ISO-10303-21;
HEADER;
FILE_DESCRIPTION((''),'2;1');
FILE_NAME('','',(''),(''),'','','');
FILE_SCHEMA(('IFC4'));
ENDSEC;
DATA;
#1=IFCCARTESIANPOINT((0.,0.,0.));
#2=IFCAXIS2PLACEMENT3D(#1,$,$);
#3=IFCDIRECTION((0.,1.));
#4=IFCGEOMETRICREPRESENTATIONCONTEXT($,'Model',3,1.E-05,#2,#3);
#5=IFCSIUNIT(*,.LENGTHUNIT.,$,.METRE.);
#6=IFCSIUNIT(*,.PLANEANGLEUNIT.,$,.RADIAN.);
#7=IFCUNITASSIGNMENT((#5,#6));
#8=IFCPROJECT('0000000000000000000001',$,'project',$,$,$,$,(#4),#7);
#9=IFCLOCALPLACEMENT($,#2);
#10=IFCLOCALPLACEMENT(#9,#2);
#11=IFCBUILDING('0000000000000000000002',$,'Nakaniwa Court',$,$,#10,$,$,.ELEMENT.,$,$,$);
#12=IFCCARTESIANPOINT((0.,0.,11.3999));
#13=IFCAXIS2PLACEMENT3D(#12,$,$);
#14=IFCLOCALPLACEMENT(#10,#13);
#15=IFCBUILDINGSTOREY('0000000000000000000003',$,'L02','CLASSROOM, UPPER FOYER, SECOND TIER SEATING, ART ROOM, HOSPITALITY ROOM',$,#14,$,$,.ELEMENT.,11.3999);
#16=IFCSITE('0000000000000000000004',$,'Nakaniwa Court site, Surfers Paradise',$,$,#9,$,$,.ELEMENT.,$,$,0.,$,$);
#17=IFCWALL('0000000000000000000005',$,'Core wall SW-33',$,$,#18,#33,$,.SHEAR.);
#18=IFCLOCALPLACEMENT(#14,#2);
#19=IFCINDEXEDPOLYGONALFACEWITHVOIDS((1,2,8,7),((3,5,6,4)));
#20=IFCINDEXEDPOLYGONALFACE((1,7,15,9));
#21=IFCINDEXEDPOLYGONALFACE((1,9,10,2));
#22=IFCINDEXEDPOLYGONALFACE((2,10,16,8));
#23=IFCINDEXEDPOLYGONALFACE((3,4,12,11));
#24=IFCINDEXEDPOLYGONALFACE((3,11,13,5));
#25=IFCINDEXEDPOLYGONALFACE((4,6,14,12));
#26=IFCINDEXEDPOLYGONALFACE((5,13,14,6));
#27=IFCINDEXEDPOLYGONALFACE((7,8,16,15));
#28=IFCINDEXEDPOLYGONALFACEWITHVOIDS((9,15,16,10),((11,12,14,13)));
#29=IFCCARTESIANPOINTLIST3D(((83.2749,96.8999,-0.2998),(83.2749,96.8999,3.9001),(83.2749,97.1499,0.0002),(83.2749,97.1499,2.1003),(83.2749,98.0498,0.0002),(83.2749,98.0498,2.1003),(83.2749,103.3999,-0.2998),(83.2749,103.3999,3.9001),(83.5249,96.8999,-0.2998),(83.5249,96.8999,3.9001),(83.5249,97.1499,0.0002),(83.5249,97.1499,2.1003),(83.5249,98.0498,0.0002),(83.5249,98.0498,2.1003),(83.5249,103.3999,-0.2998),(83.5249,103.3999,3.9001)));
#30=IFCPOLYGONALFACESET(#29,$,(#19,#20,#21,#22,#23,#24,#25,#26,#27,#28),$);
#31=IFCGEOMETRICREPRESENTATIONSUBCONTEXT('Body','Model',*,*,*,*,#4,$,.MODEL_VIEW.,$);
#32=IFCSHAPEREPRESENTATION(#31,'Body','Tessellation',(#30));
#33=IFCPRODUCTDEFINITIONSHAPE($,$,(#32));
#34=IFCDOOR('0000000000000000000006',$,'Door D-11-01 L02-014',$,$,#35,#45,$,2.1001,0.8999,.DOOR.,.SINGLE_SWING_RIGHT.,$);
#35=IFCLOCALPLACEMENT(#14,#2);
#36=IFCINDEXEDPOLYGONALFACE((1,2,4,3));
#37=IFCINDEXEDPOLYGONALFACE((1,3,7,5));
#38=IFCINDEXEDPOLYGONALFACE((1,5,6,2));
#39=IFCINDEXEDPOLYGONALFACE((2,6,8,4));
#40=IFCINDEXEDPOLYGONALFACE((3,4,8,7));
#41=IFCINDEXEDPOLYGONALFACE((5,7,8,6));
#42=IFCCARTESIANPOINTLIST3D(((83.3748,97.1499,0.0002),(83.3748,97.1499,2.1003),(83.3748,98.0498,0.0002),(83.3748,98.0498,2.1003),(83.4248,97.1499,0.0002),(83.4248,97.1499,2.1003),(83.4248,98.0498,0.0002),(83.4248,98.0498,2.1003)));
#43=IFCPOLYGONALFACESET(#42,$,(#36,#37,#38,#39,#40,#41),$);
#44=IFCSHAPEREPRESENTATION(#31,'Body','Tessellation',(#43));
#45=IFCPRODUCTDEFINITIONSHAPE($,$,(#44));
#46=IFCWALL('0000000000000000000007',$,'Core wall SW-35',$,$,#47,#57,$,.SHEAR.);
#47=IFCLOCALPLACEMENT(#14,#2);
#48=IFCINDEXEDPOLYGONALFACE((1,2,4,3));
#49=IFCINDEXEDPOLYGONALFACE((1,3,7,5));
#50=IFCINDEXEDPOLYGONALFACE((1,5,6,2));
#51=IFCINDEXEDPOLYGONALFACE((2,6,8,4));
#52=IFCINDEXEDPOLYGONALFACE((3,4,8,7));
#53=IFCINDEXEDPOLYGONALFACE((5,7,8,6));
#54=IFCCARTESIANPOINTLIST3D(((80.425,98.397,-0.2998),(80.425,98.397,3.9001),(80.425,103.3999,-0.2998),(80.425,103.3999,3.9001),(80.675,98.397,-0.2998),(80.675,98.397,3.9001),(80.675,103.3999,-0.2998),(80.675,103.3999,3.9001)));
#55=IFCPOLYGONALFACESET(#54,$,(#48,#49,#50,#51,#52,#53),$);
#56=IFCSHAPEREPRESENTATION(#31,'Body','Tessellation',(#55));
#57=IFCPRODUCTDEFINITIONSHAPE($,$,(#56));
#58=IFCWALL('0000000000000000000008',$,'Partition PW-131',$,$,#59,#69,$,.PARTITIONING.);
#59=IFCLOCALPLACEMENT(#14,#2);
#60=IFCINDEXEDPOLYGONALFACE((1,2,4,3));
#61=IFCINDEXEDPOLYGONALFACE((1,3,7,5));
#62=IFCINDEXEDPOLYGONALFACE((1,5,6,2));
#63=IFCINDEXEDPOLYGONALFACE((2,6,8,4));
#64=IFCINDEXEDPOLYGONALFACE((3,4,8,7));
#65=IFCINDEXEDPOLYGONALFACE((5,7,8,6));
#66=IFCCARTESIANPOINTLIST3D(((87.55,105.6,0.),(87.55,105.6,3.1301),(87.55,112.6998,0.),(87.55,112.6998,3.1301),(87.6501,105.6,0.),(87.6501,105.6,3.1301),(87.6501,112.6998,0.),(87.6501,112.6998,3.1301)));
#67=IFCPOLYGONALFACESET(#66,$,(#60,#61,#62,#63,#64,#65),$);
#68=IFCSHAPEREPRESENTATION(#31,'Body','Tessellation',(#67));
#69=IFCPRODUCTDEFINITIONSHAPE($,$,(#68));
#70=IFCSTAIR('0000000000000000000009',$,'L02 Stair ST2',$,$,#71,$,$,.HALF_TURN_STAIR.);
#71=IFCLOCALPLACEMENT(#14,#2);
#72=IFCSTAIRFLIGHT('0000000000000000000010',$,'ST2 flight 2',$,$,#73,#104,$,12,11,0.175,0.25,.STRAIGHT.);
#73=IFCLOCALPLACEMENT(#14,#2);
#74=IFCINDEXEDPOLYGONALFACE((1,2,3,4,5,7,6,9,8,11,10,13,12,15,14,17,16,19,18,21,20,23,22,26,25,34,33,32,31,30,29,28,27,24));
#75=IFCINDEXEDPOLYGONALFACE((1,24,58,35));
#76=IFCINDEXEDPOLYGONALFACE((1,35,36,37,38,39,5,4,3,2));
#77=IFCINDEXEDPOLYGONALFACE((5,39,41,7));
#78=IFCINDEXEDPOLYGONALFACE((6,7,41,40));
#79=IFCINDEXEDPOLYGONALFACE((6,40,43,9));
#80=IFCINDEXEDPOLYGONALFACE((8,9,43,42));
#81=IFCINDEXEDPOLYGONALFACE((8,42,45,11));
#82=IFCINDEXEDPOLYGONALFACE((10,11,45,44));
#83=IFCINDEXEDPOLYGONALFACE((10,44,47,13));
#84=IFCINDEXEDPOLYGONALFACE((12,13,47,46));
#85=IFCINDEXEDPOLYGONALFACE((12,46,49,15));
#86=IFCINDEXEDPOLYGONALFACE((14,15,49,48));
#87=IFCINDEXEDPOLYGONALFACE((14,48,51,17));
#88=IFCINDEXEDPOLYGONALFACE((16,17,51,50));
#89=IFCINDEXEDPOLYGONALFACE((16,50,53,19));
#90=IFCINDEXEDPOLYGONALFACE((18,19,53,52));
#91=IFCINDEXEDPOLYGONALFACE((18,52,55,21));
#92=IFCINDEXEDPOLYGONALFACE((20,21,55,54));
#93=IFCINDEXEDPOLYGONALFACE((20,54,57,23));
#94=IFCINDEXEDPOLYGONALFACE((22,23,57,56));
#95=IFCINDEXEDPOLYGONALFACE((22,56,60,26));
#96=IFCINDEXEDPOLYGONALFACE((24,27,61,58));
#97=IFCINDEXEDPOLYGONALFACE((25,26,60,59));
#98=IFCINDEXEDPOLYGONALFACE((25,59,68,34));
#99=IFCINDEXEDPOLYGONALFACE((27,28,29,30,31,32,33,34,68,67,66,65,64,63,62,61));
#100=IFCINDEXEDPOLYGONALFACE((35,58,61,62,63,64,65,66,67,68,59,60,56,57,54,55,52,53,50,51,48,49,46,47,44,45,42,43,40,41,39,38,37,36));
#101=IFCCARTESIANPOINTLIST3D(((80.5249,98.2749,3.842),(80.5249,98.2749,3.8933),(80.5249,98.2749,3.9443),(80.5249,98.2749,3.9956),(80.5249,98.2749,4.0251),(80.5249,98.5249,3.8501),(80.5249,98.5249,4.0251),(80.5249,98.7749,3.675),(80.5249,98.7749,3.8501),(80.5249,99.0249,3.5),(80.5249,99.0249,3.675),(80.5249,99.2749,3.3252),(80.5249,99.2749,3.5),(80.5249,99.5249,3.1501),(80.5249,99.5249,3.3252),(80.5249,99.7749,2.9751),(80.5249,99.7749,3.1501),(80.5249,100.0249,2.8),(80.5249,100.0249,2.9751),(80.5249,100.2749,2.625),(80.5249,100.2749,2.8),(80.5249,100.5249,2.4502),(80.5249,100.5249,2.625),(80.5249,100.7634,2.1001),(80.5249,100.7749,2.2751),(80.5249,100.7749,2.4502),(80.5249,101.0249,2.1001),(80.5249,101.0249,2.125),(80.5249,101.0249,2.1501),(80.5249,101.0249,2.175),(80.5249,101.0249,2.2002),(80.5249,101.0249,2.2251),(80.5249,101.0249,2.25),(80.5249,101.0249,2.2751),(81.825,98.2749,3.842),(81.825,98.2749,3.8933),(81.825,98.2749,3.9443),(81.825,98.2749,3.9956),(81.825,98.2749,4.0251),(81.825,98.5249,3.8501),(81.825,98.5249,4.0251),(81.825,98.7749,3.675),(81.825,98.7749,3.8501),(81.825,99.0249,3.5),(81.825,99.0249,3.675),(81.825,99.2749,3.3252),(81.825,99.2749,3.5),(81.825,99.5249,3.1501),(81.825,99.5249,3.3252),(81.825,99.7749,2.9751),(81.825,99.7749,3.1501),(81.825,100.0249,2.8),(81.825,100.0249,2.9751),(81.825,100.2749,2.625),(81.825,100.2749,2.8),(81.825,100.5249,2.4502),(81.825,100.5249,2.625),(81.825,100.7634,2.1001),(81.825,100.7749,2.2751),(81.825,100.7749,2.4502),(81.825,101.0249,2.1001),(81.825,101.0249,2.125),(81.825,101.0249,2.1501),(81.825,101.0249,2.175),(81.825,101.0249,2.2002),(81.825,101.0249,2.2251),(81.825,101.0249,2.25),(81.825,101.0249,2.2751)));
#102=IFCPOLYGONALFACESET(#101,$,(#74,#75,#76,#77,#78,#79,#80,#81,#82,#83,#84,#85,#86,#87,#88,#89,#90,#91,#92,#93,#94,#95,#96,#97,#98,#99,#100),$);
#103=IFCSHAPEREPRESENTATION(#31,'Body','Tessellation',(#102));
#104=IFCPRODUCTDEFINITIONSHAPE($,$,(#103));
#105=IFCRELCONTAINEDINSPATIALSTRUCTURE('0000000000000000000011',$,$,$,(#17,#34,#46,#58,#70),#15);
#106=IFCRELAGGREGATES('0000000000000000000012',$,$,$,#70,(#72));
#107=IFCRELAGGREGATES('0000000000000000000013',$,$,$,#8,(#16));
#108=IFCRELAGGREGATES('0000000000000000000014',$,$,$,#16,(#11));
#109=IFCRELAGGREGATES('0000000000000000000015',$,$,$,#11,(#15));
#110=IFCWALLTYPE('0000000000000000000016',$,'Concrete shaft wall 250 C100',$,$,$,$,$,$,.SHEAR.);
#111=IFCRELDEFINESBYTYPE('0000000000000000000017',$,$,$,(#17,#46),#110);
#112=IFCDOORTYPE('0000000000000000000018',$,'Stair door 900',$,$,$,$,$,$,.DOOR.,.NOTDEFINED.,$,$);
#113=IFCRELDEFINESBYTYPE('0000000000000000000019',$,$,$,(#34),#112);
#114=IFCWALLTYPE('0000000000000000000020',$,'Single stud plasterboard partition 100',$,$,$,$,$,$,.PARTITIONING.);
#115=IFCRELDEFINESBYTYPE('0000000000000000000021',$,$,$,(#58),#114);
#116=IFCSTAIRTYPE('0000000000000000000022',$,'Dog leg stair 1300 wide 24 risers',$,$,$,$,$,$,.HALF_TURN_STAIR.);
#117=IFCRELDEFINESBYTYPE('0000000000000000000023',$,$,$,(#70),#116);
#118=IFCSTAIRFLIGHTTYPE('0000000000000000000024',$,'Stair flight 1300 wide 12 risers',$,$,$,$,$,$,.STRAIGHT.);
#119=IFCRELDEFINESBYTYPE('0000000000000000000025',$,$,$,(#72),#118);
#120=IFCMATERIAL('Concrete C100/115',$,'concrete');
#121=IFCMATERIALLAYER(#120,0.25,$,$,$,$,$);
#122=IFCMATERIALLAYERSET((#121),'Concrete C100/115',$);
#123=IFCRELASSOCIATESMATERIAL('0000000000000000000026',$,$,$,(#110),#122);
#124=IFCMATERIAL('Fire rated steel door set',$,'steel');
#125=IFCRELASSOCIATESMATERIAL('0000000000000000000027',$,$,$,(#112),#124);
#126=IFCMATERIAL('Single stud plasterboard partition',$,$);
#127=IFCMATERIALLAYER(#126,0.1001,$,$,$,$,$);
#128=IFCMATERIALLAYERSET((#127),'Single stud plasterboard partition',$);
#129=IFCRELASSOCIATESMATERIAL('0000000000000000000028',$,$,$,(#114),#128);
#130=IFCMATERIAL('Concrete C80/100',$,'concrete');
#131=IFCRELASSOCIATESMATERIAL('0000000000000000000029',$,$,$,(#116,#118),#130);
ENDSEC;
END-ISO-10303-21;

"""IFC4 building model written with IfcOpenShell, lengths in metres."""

from ifc_helpers import new_model, si_unit, direction, frame, frame_2d, origin, place, context, subcontext, project, spatial, polyline, rectangle, outline, extrude, material, layer, layer_set, type_object, element, fill, aggregate, save


model = new_model("IFC4")

# Units and contexts
model_context = context("Model", 3, precision=1e-05, world=origin(), true_north=direction((0.0, 1.0)))
body_context = subcontext(model_context, "Body", "Model", "MODEL_VIEW")
ifc_project = project(units=[si_unit("LENGTHUNIT", "METRE"), si_unit("PLANEANGLEUNIT", "RADIAN")], contexts=[model_context])

# Site, building, storey
site_placement = place(None, origin())
site = spatial("IfcSite", under=ifc_project, at=site_placement, Name="Nakaniwa Court site, Surfers Paradise", CompositionType="ELEMENT", RefElevation=0.0)
building_placement = place(site_placement, origin())
building = spatial("IfcBuilding", under=site, at=building_placement, Name="Nakaniwa Court", CompositionType="ELEMENT")
storey_placement = place(building_placement, frame((0.0, 0.0, 11.3999)))
storey = spatial("IfcBuildingStorey", under=building, at=storey_placement, Name="L02", Description="CLASSROOM, UPPER FOYER, SECOND TIER SEATING, ART ROOM, HOSPITALITY ROOM", CompositionType="ELEMENT", Elevation=11.3999)

# Shared definitions
ifc_material_1 = material(Name="Concrete C100/115", Category="concrete")

# Shared definitions
ifc_material_2 = material(Name="Fire rated steel door set", Category="steel")

# Wall, opening, door
ifc_layer_1 = layer(ifc_material_1, 0.25)
ifc_layer_set_1 = layer_set([ifc_layer_1], Name="Concrete C100/115")
wall_type_1 = type_object("IfcWallType", Name="Concrete shaft wall 250 C100", PredefinedType="SHEAR", material=ifc_layer_set_1)
wall_1_placement = place(storey_placement, frame((83.3999, 103.3999, -0.2998), z_axis=(0.0, 0.0, 1.0), x_axis=(0.0, -1.0, 0.0)))
wall_1 = element("IfcWall", 1, at=wall_1_placement, inside=storey, type_object=wall_type_1, Name="Core wall SW-33", PredefinedType="SHEAR", context=body_context, shape_type="SweptSolid", body=[
    extrude(rectangle(XDim=6.5, YDim=0.25, at=frame_2d((3.25, 0.0))), origin(), (0.0, 0.0, 1.0), 4.2),
])
opening_1_placement = place(wall_1_placement, frame((5.3501, 0.0, 0.3)))
opening_1 = element("IfcOpeningElement", 2, at=opening_1_placement, cuts=wall_1, PredefinedType="OPENING", context=body_context, shape_type="SweptSolid", body=[
    extrude(rectangle(XDim=0.8999, YDim=2.1001, at=frame_2d((0.45, 1.05))), frame((0.0, 0.135, 0.0), z_axis=(0.0, -1.0, 0.0), x_axis=(1.0, 0.0, 0.0)), (0.0, 0.0, 1.0), 0.27),
])
door_type_1 = type_object("IfcDoorType", Name="Stair door 900", OperationType="NOTDEFINED", PredefinedType="DOOR", material=ifc_material_2)
door_1_placement = place(opening_1_placement, origin())
door_1 = element("IfcDoor", 3, at=door_1_placement, inside=storey, type_object=door_type_1, Name="Door D-11-01 L02-014", OperationType="SINGLE_SWING_RIGHT", OverallHeight=2.1001, OverallWidth=0.8999, PredefinedType="DOOR", context=body_context, shape_type="SweptSolid", body=[
    extrude(rectangle(XDim=0.8999, YDim=2.1001, at=frame_2d((0.45, 1.05))), frame((0.0, 0.0249, 0.0), z_axis=(0.0, -1.0, 0.0), x_axis=(1.0, 0.0, 0.0)), (0.0, 0.0, 1.0), 0.05),
])
fill(opening_1, door_1)

# Walls
wall_2_placement = place(storey_placement, frame((80.55, 98.397, -0.2998), z_axis=(0.0, 0.0, 1.0), x_axis=(0.0, 1.0, 0.0)))
element("IfcWall", 4, at=wall_2_placement, inside=storey, type_object=wall_type_1, Name="Core wall SW-35", PredefinedType="SHEAR", context=body_context, shape_type="SweptSolid", body=[
    extrude(rectangle(XDim=5.0029, YDim=0.25, at=frame_2d((2.5015, 0.0))), origin(), (0.0, 0.0, 1.0), 4.2),
])
ifc_material_3 = material(Name="Single stud plasterboard partition")
ifc_layer_2 = layer(ifc_material_3, 0.1001)
ifc_layer_set_2 = layer_set([ifc_layer_2], Name="Single stud plasterboard partition")
wall_type_2 = type_object("IfcWallType", Name="Single stud plasterboard partition 100", PredefinedType="PARTITIONING", material=ifc_layer_set_2)
wall_3_placement = place(storey_placement, frame((87.6001, 105.6001, 0.0), z_axis=(0.0, 0.0, 1.0), x_axis=(0.0, 1.0, 0.0)))
element("IfcWall", 5, at=wall_3_placement, inside=storey, type_object=wall_type_2, Name="Partition PW-131", PredefinedType="PARTITIONING", context=body_context, shape_type="SweptSolid", body=[
    extrude(rectangle(XDim=7.0999, YDim=0.1001, at=frame_2d((3.5498, 0.0))), origin(), (0.0, 0.0, 1.0), 3.1301),
])

# Stair, stair flight
ifc_material_4 = material(Name="Concrete C80/100", Category="concrete")
stair_type = type_object("IfcStairType", Name="Dog leg stair 1300 wide 24 risers", PredefinedType="HALF_TURN_STAIR", material=ifc_material_4)
stair_placement = place(storey_placement, origin())
stair = element("IfcStair", 6, at=stair_placement, inside=storey, type_object=stair_type, Name="L02 Stair ST2", PredefinedType="HALF_TURN_STAIR")
stair_flight_type = type_object("IfcStairFlightType", Name="Stair flight 1300 wide 12 risers", PredefinedType="STRAIGHT", material=ifc_material_4)
stair_flight_placement = place(storey_placement, frame((81.175, 101.0249, 2.1001), z_axis=(0.0, 0.0, 1.0), x_axis=(0.0, -1.0, 0.0)))
stair_flight = element("IfcStairFlight", 7, at=stair_flight_placement, type_object=stair_flight_type, Name="ST2 flight 2", NumberOfRisers=12, NumberOfTreads=11, PredefinedType="STRAIGHT", RiserHeight=0.175, TreadLength=0.25, context=body_context, shape_type="SweptSolid", body=[
    extrude(outline(polyline([(0.0, 0.0), (0.0, 0.0249), (0.0, 0.05), (0.0, 0.075), (0.0, 0.1001), (0.0, 0.125), (0.0, 0.1499), (0.0, 0.175), (0.25, 0.175), (0.25, 0.3501), (0.5, 0.3501), (0.5, 0.5249), (0.75, 0.5249), (0.75, 0.7), (1.0, 0.7), (1.0, 0.875), (1.25, 0.875), (1.25, 1.05), (1.5, 1.05), (1.5, 1.2251), (1.75, 1.2251), (1.75, 1.3999), (2.0, 1.3999), (2.0, 1.575), (2.25, 1.575), (2.25, 1.75), (2.5, 1.75), (2.5, 1.925), (2.75, 1.925), (2.75, 2.1001), (2.75, 2.0488), (2.75, 1.9978), (2.75, 1.9465), (2.75, 1.8955), (2.75, 1.8442), (2.75, 1.7932), (2.75, 1.7419), (0.2615, 0.0), (0.0, 0.0)])), frame((0.0, 0.6499, 0.0), z_axis=(0.0, -1.0, 0.0), x_axis=(1.0, 0.0, 0.0)), (0.0, 0.0, 1.0), 1.3),
])
aggregate(stair, [stair_flight])

save(model, "model.ifc")
